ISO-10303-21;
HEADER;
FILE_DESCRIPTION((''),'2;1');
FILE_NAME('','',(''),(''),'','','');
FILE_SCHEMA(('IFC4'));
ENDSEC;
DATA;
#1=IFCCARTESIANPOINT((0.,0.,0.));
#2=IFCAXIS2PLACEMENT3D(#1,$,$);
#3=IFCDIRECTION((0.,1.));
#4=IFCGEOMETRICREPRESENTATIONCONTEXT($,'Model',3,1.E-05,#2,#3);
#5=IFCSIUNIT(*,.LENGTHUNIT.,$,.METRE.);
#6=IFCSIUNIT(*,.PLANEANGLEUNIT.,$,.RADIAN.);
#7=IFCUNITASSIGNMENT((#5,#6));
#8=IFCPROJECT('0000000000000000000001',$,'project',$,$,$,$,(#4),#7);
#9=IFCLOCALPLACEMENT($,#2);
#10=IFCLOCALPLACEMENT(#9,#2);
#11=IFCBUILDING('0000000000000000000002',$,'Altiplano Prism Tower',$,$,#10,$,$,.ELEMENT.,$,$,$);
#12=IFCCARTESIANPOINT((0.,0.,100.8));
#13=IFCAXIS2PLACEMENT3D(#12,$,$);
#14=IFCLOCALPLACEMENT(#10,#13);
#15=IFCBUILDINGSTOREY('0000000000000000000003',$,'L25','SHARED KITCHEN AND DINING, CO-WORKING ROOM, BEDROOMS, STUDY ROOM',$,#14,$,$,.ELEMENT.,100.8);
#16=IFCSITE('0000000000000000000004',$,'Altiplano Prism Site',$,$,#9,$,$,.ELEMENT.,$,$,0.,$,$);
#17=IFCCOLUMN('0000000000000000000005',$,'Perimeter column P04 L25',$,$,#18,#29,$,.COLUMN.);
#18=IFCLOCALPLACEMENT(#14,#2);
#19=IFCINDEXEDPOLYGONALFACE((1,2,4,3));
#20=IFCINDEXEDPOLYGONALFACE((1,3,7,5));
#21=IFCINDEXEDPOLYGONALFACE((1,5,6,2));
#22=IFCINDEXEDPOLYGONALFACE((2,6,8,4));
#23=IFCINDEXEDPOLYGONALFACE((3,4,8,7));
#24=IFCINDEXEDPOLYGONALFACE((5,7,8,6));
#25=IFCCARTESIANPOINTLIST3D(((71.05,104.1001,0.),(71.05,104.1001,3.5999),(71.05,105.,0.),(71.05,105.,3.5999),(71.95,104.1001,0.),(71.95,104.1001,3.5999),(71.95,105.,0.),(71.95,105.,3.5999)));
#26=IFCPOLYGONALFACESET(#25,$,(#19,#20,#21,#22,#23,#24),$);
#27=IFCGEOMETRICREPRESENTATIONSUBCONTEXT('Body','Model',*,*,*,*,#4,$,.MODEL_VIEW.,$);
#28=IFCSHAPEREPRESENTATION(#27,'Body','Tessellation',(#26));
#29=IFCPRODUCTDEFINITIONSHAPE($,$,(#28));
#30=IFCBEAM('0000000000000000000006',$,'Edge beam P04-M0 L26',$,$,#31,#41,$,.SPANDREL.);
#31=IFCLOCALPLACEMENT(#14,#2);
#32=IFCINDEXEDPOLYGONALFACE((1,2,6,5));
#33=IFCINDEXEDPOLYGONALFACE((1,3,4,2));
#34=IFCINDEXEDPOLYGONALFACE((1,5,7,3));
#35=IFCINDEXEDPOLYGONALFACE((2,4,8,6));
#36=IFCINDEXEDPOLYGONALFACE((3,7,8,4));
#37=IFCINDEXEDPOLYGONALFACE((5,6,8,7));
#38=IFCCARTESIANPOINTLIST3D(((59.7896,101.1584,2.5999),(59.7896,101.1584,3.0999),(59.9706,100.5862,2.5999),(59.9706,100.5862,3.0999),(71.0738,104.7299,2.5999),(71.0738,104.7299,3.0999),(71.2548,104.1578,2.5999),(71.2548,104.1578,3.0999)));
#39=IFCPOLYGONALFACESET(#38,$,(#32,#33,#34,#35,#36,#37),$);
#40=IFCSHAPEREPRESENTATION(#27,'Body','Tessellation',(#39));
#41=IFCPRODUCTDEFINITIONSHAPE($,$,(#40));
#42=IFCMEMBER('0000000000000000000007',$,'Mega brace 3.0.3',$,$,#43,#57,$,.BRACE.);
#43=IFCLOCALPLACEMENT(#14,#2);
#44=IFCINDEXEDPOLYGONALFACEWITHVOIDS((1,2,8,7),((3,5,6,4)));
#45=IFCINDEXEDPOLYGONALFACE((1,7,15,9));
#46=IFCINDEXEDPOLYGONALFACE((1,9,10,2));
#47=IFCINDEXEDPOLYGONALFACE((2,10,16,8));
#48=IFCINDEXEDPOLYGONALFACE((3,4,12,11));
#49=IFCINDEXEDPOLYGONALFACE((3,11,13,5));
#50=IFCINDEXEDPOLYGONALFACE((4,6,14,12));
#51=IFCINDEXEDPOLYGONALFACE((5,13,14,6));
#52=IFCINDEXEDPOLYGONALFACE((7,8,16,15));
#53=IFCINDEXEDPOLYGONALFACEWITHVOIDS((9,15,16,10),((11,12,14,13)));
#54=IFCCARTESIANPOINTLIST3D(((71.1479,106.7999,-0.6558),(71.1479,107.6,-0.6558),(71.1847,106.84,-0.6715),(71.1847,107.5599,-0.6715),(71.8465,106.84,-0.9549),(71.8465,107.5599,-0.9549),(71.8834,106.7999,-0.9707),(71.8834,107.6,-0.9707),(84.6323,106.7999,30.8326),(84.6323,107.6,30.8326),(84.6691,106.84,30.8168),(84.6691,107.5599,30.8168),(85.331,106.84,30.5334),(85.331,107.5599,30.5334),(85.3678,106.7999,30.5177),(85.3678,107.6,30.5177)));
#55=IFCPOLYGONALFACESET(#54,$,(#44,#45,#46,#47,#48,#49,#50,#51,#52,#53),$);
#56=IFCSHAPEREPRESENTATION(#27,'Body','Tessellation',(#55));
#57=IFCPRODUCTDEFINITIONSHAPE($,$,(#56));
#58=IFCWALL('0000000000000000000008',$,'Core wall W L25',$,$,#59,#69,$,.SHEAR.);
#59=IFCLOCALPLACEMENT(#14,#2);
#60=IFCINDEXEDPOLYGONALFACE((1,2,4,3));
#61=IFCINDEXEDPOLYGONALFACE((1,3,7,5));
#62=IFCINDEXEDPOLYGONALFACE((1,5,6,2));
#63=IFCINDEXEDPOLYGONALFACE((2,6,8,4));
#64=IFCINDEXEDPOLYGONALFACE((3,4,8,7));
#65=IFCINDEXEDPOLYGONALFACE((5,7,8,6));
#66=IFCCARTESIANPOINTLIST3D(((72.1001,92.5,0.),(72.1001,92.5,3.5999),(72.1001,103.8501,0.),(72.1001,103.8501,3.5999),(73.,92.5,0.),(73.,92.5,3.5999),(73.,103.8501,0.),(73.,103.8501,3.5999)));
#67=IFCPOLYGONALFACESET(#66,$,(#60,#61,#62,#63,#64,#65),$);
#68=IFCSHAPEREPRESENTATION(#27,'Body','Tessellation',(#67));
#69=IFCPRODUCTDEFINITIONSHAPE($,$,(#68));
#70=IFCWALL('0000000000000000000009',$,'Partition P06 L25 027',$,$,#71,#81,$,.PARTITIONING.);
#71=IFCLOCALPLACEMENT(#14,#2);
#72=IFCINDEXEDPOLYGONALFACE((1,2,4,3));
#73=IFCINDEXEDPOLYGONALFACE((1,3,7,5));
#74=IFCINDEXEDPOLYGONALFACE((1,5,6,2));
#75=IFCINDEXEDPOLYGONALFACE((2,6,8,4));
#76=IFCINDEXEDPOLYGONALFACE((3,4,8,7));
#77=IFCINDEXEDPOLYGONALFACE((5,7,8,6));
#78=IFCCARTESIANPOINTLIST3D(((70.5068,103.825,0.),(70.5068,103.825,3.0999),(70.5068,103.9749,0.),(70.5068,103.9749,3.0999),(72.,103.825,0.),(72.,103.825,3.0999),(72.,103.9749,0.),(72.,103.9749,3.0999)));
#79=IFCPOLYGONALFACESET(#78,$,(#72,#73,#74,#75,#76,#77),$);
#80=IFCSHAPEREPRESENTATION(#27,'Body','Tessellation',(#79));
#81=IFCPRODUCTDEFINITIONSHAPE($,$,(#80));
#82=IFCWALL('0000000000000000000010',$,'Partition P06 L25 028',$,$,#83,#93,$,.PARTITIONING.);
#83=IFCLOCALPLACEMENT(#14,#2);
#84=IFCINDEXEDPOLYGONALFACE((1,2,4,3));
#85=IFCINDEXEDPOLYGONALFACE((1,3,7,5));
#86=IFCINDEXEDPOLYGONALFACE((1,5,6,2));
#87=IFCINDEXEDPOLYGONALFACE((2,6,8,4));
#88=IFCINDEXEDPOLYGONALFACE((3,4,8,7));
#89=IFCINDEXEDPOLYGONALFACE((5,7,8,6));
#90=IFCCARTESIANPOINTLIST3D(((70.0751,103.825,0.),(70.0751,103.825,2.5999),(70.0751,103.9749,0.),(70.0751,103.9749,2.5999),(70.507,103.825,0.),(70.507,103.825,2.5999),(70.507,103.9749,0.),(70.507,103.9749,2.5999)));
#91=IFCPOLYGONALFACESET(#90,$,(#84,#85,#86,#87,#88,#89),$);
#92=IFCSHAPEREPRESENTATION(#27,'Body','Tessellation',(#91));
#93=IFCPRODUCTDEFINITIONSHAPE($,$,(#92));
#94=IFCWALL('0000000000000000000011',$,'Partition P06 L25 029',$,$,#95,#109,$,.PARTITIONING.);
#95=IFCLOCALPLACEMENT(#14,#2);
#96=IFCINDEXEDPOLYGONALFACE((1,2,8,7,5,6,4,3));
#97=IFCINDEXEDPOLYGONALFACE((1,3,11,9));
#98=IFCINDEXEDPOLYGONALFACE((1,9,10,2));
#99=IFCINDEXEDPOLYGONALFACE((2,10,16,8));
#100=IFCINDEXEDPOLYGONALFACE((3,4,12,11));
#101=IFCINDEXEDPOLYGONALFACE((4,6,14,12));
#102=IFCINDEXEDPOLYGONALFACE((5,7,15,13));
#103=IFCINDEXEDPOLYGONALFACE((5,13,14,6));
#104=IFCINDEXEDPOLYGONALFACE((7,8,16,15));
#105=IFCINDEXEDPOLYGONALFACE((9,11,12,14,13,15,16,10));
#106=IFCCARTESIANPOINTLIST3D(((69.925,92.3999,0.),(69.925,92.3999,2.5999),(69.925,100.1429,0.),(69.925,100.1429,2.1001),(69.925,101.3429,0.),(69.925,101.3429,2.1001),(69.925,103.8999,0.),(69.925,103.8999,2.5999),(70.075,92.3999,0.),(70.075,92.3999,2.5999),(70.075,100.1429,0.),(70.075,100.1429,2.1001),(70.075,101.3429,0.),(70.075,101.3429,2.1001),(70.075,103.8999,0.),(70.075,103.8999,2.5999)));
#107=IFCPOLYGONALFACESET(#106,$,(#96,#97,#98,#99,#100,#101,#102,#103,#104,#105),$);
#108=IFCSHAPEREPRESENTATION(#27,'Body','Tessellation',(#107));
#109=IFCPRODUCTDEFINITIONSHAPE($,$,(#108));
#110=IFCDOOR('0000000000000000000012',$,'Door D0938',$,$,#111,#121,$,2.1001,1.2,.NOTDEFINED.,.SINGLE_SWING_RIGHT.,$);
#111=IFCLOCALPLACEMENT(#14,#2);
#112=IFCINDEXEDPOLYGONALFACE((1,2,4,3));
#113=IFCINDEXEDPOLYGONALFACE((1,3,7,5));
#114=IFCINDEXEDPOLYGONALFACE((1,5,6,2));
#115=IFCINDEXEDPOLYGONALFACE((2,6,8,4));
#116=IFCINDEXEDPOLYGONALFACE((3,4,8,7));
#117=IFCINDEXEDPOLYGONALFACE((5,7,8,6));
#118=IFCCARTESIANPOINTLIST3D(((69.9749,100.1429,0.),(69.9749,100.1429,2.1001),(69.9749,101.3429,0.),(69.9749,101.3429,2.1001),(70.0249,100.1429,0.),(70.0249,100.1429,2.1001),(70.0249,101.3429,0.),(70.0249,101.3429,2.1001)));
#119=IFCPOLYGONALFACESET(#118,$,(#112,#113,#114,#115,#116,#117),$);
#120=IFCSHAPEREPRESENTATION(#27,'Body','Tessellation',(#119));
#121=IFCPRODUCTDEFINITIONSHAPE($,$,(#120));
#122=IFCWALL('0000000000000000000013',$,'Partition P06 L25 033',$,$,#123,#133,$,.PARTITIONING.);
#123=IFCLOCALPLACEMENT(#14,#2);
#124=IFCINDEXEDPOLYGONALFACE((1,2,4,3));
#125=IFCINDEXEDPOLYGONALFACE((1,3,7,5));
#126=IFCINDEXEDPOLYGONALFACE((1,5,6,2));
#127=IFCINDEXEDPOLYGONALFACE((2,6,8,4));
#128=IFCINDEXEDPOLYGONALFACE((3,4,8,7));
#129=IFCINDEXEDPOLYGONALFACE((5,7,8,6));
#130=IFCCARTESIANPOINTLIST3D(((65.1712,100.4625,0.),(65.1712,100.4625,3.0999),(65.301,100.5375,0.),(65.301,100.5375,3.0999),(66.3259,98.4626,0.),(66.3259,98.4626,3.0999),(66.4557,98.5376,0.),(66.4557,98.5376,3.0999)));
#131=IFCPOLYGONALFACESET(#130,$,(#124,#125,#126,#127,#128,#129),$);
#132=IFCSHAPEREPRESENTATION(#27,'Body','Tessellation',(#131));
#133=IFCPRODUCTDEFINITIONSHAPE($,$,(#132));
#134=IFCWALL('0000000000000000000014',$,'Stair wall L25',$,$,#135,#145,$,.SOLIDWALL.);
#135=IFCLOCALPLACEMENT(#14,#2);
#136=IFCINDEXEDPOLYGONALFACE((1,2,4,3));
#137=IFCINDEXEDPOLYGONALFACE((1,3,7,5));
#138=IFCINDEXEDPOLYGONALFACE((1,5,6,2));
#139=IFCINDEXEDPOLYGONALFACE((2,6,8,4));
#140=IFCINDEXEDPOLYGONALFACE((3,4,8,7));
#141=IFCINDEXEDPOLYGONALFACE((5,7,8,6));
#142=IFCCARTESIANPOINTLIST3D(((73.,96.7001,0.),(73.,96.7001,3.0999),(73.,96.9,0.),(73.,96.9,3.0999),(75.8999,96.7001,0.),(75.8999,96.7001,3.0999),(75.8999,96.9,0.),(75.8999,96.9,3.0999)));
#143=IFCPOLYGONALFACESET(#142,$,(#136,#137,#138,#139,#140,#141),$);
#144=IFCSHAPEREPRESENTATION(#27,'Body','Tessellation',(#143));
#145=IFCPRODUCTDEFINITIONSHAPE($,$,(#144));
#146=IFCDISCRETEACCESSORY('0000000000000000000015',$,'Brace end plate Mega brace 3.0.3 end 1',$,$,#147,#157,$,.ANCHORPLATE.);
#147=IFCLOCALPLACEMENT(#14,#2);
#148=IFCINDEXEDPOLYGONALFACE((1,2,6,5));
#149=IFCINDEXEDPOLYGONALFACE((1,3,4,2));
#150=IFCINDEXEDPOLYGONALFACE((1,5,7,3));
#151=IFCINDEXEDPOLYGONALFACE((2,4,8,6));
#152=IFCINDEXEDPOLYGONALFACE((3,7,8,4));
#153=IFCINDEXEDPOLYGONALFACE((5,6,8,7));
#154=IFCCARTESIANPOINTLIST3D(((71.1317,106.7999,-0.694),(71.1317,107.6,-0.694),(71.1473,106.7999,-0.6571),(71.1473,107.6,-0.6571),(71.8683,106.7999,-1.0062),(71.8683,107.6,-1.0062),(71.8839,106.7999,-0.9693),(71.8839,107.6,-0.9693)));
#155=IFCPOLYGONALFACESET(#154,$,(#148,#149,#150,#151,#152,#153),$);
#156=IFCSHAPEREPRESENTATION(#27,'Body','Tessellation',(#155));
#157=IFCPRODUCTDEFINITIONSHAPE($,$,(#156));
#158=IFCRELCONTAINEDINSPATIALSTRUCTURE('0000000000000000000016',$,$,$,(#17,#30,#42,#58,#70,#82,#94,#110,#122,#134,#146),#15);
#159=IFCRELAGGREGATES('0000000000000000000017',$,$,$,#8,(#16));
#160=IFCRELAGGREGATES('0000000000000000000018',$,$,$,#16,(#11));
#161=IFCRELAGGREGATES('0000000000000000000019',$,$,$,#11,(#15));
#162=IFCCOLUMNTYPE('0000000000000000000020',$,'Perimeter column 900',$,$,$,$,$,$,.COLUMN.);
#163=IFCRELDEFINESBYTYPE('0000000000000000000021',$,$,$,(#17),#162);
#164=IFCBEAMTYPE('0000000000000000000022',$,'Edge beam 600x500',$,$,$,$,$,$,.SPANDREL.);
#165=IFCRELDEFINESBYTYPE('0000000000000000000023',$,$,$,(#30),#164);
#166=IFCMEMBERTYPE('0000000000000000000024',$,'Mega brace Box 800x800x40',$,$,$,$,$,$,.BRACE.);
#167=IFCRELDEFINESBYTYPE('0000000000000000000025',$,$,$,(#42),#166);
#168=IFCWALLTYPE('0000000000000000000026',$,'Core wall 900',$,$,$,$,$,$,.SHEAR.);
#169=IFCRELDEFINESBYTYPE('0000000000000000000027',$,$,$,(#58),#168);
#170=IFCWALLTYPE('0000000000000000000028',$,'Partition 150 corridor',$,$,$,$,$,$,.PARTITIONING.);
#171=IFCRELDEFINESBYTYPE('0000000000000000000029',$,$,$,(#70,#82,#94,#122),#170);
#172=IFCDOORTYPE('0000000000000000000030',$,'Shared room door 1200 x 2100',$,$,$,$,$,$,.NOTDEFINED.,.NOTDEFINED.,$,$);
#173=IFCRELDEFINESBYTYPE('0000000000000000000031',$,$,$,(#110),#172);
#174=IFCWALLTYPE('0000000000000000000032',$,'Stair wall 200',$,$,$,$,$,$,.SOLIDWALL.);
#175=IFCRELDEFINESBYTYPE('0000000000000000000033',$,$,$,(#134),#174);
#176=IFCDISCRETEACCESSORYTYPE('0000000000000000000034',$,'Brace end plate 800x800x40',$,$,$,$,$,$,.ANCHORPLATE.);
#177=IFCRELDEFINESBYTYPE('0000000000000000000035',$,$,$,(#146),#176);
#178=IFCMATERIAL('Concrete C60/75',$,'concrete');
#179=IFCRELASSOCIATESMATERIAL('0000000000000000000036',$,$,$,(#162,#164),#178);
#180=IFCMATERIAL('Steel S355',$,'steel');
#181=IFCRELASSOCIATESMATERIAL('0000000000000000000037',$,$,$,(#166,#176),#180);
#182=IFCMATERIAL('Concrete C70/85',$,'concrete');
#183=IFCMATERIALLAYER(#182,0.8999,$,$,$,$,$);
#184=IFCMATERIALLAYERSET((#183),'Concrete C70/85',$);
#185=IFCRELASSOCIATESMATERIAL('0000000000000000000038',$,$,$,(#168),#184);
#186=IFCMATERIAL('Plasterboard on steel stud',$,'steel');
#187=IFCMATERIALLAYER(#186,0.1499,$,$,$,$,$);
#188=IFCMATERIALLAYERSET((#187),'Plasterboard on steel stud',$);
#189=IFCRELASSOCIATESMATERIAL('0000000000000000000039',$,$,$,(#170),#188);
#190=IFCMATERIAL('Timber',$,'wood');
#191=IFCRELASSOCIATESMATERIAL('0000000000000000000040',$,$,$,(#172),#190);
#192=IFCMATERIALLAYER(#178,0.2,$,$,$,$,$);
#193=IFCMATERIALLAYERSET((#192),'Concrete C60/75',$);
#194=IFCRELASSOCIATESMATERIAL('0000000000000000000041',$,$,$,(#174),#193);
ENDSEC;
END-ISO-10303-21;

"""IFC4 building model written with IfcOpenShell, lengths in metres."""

from ifc_helpers import new_model, si_unit, direction, frame, frame_2d, origin, origin_2d, place, context, subcontext, project, spatial, rectangle, hollow_rectangle, extrude, material, layer, layer_set, material_profile, profile_set, type_object, element, fill, save


model = new_model("IFC4")

# Units and contexts
model_context = context("Model", 3, precision=1e-05, world=origin(), true_north=direction((0.0, 1.0)))
body_context = subcontext(model_context, "Body", "Model", "MODEL_VIEW")
ifc_project = project(units=[si_unit("LENGTHUNIT", "METRE"), si_unit("PLANEANGLEUNIT", "RADIAN")], contexts=[model_context])

# Site, building, storey
site_placement = place(None, origin())
site = spatial("IfcSite", under=ifc_project, at=site_placement, Name="Altiplano Prism Site", CompositionType="ELEMENT", RefElevation=0.0)
building_placement = place(site_placement, origin())
building = spatial("IfcBuilding", under=site, at=building_placement, Name="Altiplano Prism Tower", CompositionType="ELEMENT")
storey_placement = place(building_placement, frame((0.0, 0.0, 100.8)))
storey = spatial("IfcBuildingStorey", under=building, at=storey_placement, Name="L25", Description="SHARED KITCHEN AND DINING, CO-WORKING ROOM, BEDROOMS, STUDY ROOM", CompositionType="ELEMENT", Elevation=100.8)

# Column
ifc_material_1 = material(Name="Concrete C60/75", Category="concrete")
ifc_material_profile_1 = material_profile(ifc_material_1, rectangle(XDim=0.8999, YDim=0.8999, at=origin_2d()), Name="Perimeter column 900")
ifc_profile_set_1 = profile_set([ifc_material_profile_1], Name="Concrete C60/75")
column_type = type_object("IfcColumnType", Name="Perimeter column 900", PredefinedType="COLUMN", material=ifc_profile_set_1)
column_placement = place(storey_placement, frame((71.5, 104.55, 0.0), z_axis=(0.0, 0.0, 1.0), x_axis=(1.0, 0.0, 0.0)))
element("IfcColumn", 1, at=column_placement, inside=storey, type_object=column_type, Name="Perimeter column P04 L25", PredefinedType="COLUMN", context=body_context, shape_type="SweptSolid", body=[
    extrude(rectangle(XDim=0.8999, YDim=0.8999, at=origin_2d()), origin(), (0.0, 0.0, 1.0), 3.5999),
])

# Beam
ifc_material_profile_2 = material_profile(ifc_material_1, rectangle(XDim=0.6001, YDim=0.5, at=origin_2d()), Name="Edge beam 600x500")
ifc_profile_set_2 = profile_set([ifc_material_profile_2], Name="Concrete C60/75")
beam_type = type_object("IfcBeamType", Name="Edge beam 600x500", PredefinedType="SPANDREL", material=ifc_profile_set_2)
beam_placement = place(storey_placement, frame((71.1643, 104.4438, 2.8499), z_axis=(-0.953386, -0.301754, 0.0), x_axis=(0.301754, -0.953386, 0.0)))
element("IfcBeam", 2, at=beam_placement, inside=storey, type_object=beam_type, Name="Edge beam P04-M0 L26", PredefinedType="SPANDREL", context=body_context, shape_type="SweptSolid", body=[
    extrude(rectangle(XDim=0.6001, YDim=0.5, at=origin_2d()), origin(), (0.0, 0.0, 1.0), 11.8359),
])

# Member
ifc_material_2 = material(Name="Steel S355", Category="steel")
ifc_material_profile_3 = material_profile(ifc_material_2, hollow_rectangle(XDim=0.8, YDim=0.8, WallThickness=0.04, at=origin_2d()), Name="Mega brace Box 800x800x40")
ifc_profile_set_3 = profile_set([ifc_material_profile_3], Name="Steel S355")
member_type = type_object("IfcMemberType", Name="Mega brace Box 800x800x40", PredefinedType="BRACE", material=ifc_profile_set_3)
member_placement = place(storey_placement, frame((71.5156, 107.2, -0.8132), z_axis=(0.393658, 0.0, 0.919257), x_axis=(0.0, 1.0, 0.0)))
element("IfcMember", 3, at=member_placement, inside=storey, type_object=member_type, Name="Mega brace 3.0.3", PredefinedType="BRACE", context=body_context, shape_type="SweptSolid", body=[
    extrude(hollow_rectangle(XDim=0.8, YDim=0.8, WallThickness=0.04, at=origin_2d()), origin(), (0.0, 0.0, 1.0), 34.2542),
])

# Walls
ifc_material_3 = material(Name="Concrete C70/85", Category="concrete")
ifc_layer_1 = layer(ifc_material_3, 0.8999)
ifc_layer_set_1 = layer_set([ifc_layer_1], Name="Concrete C70/85")
wall_type_1 = type_object("IfcWallType", Name="Core wall 900", PredefinedType="SHEAR", material=ifc_layer_set_1)
wall_1_placement = place(storey_placement, frame((72.55, 103.8501, 0.0), z_axis=(0.0, 0.0, 1.0), x_axis=(0.0, -1.0, 0.0)))
element("IfcWall", 4, at=wall_1_placement, inside=storey, type_object=wall_type_1, Name="Core wall W L25", PredefinedType="SHEAR", context=body_context, shape_type="SweptSolid", body=[
    extrude(rectangle(XDim=11.3501, YDim=0.8999, at=frame_2d((5.675, 0.0))), origin(), (0.0, 0.0, 1.0), 3.5999),
])
ifc_material_4 = material(Name="Plasterboard on steel stud", Category="steel")
ifc_layer_2 = layer(ifc_material_4, 0.1499)
ifc_layer_set_2 = layer_set([ifc_layer_2], Name="Plasterboard on steel stud")
wall_type_2 = type_object("IfcWallType", Name="Partition 150 corridor", PredefinedType="PARTITIONING", material=ifc_layer_set_2)
wall_2_placement = place(storey_placement, frame((72.0, 103.8999, 0.0), z_axis=(0.0, 0.0, 1.0), x_axis=(-1.0, 0.0, 0.0)))
element("IfcWall", 5, at=wall_2_placement, inside=storey, type_object=wall_type_2, Name="Partition P06 L25 027", PredefinedType="PARTITIONING", context=body_context, shape_type="SweptSolid", body=[
    extrude(rectangle(XDim=1.4932, YDim=0.1499, at=frame_2d((0.7466, 0.0))), origin(), (0.0, 0.0, 1.0), 3.0999),
])
wall_3_placement = place(storey_placement, frame((70.5068, 103.8999, 0.0), z_axis=(0.0, 0.0, 1.0), x_axis=(-1.0, 0.0, 0.0)))
element("IfcWall", 6, at=wall_3_placement, inside=storey, type_object=wall_type_2, Name="Partition P06 L25 028", PredefinedType="PARTITIONING", context=body_context, shape_type="SweptSolid", body=[
    extrude(rectangle(XDim=0.4319, YDim=0.1499, at=frame_2d((0.2158, 0.0))), origin(), (0.0, 0.0, 1.0), 2.5999),
])

# Wall, opening, door
wall_4_placement = place(storey_placement, frame((70.0, 103.8999, 0.0), z_axis=(0.0, 0.0, 1.0), x_axis=(0.0, -1.0, 0.0)))
wall_4 = element("IfcWall", 7, at=wall_4_placement, inside=storey, type_object=wall_type_2, Name="Partition P06 L25 029", PredefinedType="PARTITIONING", context=body_context, shape_type="SweptSolid", body=[
    extrude(rectangle(XDim=11.5, YDim=0.1499, at=frame_2d((5.75, 0.0))), origin(), (0.0, 0.0, 1.0), 2.5999),
])
opening_placement = place(wall_4_placement, frame((2.5569, 0.0, 0.0)))
opening = element("IfcOpeningElement", 8, at=opening_placement, cuts=wall_4, PredefinedType="OPENING", context=body_context, shape_type="SweptSolid", body=[
    extrude(rectangle(XDim=1.2, YDim=2.1001, at=frame_2d((0.6001, 1.05))), frame((0.0, 0.0854, 0.0), z_axis=(0.0, -1.0, 0.0), x_axis=(1.0, 0.0, 0.0)), (0.0, 0.0, 1.0), 0.1709),
])
ifc_material_5 = material(Name="Timber", Category="wood")
door_type = type_object("IfcDoorType", Name="Shared room door 1200 x 2100", OperationType="NOTDEFINED", PredefinedType="NOTDEFINED", material=ifc_material_5)
door_placement = place(opening_placement, origin())
door = element("IfcDoor", 9, at=door_placement, inside=storey, type_object=door_type, Name="Door D0938", OperationType="SINGLE_SWING_RIGHT", OverallHeight=2.1001, OverallWidth=1.2, PredefinedType="NOTDEFINED", context=body_context, shape_type="SweptSolid", body=[
    extrude(rectangle(XDim=1.2, YDim=2.1001, at=frame_2d((0.6001, 1.05))), frame((0.0, 0.0249, 0.0), z_axis=(0.0, -1.0, 0.0), x_axis=(1.0, 0.0, 0.0)), (0.0, 0.0, 1.0), 0.05),
])
fill(opening, door)

# Walls
wall_5_placement = place(storey_placement, frame((66.3909, 98.5, 0.0), z_axis=(0.0, 0.0, 1.0), x_axis=(-0.500027, 0.86601, 0.0)))
element("IfcWall", 10, at=wall_5_placement, inside=storey, type_object=wall_type_2, Name="Partition P06 L25 033", PredefinedType="PARTITIONING", context=body_context, shape_type="SweptSolid", body=[
    extrude(rectangle(XDim=2.3093, YDim=0.1499, at=frame_2d((1.1548, 0.0))), origin(), (0.0, 0.0, 1.0), 3.0999),
])
ifc_layer_3 = layer(ifc_material_1, 0.2)
ifc_layer_set_3 = layer_set([ifc_layer_3], Name="Concrete C60/75")
wall_type_3 = type_object("IfcWallType", Name="Stair wall 200", PredefinedType="SOLIDWALL", material=ifc_layer_set_3)
wall_6_placement = place(storey_placement, frame((73.0, 96.8, 0.0), z_axis=(0.0, 0.0, 1.0), x_axis=(1.0, 0.0, 0.0)))
element("IfcWall", 11, at=wall_6_placement, inside=storey, type_object=wall_type_3, Name="Stair wall L25", PredefinedType="SOLIDWALL", context=body_context, shape_type="SweptSolid", body=[
    extrude(rectangle(XDim=2.8999, YDim=0.2, at=frame_2d((1.45, 0.0))), origin(), (0.0, 0.0, 1.0), 3.0999),
])

# Discrete accessory
ifc_material_profile_4 = material_profile(ifc_material_2, rectangle(XDim=0.8, YDim=0.8, at=origin_2d()), Name="Brace end plate 800x800x40")
ifc_profile_set_4 = profile_set([ifc_material_profile_4], Name="Steel S355")
discrete_accessory_type = type_object("IfcDiscreteAccessoryType", Name="Brace end plate 800x800x40", PredefinedType="ANCHORPLATE", material=ifc_profile_set_4)
discrete_accessory_placement = place(storey_placement, frame((71.5, 107.2, -0.8501), z_axis=(0.390237, 0.0, 0.920715), x_axis=(0.0, 1.0, 0.0)))
element("IfcDiscreteAccessory", 12, at=discrete_accessory_placement, inside=storey, type_object=discrete_accessory_type, Name="Brace end plate Mega brace 3.0.3 end 1", PredefinedType="ANCHORPLATE", context=body_context, shape_type="SweptSolid", body=[
    extrude(rectangle(XDim=0.8, YDim=0.8, at=origin_2d()), origin(), (0.0, 0.0, 1.0), 0.04),
])

save(model, "model.ifc")
